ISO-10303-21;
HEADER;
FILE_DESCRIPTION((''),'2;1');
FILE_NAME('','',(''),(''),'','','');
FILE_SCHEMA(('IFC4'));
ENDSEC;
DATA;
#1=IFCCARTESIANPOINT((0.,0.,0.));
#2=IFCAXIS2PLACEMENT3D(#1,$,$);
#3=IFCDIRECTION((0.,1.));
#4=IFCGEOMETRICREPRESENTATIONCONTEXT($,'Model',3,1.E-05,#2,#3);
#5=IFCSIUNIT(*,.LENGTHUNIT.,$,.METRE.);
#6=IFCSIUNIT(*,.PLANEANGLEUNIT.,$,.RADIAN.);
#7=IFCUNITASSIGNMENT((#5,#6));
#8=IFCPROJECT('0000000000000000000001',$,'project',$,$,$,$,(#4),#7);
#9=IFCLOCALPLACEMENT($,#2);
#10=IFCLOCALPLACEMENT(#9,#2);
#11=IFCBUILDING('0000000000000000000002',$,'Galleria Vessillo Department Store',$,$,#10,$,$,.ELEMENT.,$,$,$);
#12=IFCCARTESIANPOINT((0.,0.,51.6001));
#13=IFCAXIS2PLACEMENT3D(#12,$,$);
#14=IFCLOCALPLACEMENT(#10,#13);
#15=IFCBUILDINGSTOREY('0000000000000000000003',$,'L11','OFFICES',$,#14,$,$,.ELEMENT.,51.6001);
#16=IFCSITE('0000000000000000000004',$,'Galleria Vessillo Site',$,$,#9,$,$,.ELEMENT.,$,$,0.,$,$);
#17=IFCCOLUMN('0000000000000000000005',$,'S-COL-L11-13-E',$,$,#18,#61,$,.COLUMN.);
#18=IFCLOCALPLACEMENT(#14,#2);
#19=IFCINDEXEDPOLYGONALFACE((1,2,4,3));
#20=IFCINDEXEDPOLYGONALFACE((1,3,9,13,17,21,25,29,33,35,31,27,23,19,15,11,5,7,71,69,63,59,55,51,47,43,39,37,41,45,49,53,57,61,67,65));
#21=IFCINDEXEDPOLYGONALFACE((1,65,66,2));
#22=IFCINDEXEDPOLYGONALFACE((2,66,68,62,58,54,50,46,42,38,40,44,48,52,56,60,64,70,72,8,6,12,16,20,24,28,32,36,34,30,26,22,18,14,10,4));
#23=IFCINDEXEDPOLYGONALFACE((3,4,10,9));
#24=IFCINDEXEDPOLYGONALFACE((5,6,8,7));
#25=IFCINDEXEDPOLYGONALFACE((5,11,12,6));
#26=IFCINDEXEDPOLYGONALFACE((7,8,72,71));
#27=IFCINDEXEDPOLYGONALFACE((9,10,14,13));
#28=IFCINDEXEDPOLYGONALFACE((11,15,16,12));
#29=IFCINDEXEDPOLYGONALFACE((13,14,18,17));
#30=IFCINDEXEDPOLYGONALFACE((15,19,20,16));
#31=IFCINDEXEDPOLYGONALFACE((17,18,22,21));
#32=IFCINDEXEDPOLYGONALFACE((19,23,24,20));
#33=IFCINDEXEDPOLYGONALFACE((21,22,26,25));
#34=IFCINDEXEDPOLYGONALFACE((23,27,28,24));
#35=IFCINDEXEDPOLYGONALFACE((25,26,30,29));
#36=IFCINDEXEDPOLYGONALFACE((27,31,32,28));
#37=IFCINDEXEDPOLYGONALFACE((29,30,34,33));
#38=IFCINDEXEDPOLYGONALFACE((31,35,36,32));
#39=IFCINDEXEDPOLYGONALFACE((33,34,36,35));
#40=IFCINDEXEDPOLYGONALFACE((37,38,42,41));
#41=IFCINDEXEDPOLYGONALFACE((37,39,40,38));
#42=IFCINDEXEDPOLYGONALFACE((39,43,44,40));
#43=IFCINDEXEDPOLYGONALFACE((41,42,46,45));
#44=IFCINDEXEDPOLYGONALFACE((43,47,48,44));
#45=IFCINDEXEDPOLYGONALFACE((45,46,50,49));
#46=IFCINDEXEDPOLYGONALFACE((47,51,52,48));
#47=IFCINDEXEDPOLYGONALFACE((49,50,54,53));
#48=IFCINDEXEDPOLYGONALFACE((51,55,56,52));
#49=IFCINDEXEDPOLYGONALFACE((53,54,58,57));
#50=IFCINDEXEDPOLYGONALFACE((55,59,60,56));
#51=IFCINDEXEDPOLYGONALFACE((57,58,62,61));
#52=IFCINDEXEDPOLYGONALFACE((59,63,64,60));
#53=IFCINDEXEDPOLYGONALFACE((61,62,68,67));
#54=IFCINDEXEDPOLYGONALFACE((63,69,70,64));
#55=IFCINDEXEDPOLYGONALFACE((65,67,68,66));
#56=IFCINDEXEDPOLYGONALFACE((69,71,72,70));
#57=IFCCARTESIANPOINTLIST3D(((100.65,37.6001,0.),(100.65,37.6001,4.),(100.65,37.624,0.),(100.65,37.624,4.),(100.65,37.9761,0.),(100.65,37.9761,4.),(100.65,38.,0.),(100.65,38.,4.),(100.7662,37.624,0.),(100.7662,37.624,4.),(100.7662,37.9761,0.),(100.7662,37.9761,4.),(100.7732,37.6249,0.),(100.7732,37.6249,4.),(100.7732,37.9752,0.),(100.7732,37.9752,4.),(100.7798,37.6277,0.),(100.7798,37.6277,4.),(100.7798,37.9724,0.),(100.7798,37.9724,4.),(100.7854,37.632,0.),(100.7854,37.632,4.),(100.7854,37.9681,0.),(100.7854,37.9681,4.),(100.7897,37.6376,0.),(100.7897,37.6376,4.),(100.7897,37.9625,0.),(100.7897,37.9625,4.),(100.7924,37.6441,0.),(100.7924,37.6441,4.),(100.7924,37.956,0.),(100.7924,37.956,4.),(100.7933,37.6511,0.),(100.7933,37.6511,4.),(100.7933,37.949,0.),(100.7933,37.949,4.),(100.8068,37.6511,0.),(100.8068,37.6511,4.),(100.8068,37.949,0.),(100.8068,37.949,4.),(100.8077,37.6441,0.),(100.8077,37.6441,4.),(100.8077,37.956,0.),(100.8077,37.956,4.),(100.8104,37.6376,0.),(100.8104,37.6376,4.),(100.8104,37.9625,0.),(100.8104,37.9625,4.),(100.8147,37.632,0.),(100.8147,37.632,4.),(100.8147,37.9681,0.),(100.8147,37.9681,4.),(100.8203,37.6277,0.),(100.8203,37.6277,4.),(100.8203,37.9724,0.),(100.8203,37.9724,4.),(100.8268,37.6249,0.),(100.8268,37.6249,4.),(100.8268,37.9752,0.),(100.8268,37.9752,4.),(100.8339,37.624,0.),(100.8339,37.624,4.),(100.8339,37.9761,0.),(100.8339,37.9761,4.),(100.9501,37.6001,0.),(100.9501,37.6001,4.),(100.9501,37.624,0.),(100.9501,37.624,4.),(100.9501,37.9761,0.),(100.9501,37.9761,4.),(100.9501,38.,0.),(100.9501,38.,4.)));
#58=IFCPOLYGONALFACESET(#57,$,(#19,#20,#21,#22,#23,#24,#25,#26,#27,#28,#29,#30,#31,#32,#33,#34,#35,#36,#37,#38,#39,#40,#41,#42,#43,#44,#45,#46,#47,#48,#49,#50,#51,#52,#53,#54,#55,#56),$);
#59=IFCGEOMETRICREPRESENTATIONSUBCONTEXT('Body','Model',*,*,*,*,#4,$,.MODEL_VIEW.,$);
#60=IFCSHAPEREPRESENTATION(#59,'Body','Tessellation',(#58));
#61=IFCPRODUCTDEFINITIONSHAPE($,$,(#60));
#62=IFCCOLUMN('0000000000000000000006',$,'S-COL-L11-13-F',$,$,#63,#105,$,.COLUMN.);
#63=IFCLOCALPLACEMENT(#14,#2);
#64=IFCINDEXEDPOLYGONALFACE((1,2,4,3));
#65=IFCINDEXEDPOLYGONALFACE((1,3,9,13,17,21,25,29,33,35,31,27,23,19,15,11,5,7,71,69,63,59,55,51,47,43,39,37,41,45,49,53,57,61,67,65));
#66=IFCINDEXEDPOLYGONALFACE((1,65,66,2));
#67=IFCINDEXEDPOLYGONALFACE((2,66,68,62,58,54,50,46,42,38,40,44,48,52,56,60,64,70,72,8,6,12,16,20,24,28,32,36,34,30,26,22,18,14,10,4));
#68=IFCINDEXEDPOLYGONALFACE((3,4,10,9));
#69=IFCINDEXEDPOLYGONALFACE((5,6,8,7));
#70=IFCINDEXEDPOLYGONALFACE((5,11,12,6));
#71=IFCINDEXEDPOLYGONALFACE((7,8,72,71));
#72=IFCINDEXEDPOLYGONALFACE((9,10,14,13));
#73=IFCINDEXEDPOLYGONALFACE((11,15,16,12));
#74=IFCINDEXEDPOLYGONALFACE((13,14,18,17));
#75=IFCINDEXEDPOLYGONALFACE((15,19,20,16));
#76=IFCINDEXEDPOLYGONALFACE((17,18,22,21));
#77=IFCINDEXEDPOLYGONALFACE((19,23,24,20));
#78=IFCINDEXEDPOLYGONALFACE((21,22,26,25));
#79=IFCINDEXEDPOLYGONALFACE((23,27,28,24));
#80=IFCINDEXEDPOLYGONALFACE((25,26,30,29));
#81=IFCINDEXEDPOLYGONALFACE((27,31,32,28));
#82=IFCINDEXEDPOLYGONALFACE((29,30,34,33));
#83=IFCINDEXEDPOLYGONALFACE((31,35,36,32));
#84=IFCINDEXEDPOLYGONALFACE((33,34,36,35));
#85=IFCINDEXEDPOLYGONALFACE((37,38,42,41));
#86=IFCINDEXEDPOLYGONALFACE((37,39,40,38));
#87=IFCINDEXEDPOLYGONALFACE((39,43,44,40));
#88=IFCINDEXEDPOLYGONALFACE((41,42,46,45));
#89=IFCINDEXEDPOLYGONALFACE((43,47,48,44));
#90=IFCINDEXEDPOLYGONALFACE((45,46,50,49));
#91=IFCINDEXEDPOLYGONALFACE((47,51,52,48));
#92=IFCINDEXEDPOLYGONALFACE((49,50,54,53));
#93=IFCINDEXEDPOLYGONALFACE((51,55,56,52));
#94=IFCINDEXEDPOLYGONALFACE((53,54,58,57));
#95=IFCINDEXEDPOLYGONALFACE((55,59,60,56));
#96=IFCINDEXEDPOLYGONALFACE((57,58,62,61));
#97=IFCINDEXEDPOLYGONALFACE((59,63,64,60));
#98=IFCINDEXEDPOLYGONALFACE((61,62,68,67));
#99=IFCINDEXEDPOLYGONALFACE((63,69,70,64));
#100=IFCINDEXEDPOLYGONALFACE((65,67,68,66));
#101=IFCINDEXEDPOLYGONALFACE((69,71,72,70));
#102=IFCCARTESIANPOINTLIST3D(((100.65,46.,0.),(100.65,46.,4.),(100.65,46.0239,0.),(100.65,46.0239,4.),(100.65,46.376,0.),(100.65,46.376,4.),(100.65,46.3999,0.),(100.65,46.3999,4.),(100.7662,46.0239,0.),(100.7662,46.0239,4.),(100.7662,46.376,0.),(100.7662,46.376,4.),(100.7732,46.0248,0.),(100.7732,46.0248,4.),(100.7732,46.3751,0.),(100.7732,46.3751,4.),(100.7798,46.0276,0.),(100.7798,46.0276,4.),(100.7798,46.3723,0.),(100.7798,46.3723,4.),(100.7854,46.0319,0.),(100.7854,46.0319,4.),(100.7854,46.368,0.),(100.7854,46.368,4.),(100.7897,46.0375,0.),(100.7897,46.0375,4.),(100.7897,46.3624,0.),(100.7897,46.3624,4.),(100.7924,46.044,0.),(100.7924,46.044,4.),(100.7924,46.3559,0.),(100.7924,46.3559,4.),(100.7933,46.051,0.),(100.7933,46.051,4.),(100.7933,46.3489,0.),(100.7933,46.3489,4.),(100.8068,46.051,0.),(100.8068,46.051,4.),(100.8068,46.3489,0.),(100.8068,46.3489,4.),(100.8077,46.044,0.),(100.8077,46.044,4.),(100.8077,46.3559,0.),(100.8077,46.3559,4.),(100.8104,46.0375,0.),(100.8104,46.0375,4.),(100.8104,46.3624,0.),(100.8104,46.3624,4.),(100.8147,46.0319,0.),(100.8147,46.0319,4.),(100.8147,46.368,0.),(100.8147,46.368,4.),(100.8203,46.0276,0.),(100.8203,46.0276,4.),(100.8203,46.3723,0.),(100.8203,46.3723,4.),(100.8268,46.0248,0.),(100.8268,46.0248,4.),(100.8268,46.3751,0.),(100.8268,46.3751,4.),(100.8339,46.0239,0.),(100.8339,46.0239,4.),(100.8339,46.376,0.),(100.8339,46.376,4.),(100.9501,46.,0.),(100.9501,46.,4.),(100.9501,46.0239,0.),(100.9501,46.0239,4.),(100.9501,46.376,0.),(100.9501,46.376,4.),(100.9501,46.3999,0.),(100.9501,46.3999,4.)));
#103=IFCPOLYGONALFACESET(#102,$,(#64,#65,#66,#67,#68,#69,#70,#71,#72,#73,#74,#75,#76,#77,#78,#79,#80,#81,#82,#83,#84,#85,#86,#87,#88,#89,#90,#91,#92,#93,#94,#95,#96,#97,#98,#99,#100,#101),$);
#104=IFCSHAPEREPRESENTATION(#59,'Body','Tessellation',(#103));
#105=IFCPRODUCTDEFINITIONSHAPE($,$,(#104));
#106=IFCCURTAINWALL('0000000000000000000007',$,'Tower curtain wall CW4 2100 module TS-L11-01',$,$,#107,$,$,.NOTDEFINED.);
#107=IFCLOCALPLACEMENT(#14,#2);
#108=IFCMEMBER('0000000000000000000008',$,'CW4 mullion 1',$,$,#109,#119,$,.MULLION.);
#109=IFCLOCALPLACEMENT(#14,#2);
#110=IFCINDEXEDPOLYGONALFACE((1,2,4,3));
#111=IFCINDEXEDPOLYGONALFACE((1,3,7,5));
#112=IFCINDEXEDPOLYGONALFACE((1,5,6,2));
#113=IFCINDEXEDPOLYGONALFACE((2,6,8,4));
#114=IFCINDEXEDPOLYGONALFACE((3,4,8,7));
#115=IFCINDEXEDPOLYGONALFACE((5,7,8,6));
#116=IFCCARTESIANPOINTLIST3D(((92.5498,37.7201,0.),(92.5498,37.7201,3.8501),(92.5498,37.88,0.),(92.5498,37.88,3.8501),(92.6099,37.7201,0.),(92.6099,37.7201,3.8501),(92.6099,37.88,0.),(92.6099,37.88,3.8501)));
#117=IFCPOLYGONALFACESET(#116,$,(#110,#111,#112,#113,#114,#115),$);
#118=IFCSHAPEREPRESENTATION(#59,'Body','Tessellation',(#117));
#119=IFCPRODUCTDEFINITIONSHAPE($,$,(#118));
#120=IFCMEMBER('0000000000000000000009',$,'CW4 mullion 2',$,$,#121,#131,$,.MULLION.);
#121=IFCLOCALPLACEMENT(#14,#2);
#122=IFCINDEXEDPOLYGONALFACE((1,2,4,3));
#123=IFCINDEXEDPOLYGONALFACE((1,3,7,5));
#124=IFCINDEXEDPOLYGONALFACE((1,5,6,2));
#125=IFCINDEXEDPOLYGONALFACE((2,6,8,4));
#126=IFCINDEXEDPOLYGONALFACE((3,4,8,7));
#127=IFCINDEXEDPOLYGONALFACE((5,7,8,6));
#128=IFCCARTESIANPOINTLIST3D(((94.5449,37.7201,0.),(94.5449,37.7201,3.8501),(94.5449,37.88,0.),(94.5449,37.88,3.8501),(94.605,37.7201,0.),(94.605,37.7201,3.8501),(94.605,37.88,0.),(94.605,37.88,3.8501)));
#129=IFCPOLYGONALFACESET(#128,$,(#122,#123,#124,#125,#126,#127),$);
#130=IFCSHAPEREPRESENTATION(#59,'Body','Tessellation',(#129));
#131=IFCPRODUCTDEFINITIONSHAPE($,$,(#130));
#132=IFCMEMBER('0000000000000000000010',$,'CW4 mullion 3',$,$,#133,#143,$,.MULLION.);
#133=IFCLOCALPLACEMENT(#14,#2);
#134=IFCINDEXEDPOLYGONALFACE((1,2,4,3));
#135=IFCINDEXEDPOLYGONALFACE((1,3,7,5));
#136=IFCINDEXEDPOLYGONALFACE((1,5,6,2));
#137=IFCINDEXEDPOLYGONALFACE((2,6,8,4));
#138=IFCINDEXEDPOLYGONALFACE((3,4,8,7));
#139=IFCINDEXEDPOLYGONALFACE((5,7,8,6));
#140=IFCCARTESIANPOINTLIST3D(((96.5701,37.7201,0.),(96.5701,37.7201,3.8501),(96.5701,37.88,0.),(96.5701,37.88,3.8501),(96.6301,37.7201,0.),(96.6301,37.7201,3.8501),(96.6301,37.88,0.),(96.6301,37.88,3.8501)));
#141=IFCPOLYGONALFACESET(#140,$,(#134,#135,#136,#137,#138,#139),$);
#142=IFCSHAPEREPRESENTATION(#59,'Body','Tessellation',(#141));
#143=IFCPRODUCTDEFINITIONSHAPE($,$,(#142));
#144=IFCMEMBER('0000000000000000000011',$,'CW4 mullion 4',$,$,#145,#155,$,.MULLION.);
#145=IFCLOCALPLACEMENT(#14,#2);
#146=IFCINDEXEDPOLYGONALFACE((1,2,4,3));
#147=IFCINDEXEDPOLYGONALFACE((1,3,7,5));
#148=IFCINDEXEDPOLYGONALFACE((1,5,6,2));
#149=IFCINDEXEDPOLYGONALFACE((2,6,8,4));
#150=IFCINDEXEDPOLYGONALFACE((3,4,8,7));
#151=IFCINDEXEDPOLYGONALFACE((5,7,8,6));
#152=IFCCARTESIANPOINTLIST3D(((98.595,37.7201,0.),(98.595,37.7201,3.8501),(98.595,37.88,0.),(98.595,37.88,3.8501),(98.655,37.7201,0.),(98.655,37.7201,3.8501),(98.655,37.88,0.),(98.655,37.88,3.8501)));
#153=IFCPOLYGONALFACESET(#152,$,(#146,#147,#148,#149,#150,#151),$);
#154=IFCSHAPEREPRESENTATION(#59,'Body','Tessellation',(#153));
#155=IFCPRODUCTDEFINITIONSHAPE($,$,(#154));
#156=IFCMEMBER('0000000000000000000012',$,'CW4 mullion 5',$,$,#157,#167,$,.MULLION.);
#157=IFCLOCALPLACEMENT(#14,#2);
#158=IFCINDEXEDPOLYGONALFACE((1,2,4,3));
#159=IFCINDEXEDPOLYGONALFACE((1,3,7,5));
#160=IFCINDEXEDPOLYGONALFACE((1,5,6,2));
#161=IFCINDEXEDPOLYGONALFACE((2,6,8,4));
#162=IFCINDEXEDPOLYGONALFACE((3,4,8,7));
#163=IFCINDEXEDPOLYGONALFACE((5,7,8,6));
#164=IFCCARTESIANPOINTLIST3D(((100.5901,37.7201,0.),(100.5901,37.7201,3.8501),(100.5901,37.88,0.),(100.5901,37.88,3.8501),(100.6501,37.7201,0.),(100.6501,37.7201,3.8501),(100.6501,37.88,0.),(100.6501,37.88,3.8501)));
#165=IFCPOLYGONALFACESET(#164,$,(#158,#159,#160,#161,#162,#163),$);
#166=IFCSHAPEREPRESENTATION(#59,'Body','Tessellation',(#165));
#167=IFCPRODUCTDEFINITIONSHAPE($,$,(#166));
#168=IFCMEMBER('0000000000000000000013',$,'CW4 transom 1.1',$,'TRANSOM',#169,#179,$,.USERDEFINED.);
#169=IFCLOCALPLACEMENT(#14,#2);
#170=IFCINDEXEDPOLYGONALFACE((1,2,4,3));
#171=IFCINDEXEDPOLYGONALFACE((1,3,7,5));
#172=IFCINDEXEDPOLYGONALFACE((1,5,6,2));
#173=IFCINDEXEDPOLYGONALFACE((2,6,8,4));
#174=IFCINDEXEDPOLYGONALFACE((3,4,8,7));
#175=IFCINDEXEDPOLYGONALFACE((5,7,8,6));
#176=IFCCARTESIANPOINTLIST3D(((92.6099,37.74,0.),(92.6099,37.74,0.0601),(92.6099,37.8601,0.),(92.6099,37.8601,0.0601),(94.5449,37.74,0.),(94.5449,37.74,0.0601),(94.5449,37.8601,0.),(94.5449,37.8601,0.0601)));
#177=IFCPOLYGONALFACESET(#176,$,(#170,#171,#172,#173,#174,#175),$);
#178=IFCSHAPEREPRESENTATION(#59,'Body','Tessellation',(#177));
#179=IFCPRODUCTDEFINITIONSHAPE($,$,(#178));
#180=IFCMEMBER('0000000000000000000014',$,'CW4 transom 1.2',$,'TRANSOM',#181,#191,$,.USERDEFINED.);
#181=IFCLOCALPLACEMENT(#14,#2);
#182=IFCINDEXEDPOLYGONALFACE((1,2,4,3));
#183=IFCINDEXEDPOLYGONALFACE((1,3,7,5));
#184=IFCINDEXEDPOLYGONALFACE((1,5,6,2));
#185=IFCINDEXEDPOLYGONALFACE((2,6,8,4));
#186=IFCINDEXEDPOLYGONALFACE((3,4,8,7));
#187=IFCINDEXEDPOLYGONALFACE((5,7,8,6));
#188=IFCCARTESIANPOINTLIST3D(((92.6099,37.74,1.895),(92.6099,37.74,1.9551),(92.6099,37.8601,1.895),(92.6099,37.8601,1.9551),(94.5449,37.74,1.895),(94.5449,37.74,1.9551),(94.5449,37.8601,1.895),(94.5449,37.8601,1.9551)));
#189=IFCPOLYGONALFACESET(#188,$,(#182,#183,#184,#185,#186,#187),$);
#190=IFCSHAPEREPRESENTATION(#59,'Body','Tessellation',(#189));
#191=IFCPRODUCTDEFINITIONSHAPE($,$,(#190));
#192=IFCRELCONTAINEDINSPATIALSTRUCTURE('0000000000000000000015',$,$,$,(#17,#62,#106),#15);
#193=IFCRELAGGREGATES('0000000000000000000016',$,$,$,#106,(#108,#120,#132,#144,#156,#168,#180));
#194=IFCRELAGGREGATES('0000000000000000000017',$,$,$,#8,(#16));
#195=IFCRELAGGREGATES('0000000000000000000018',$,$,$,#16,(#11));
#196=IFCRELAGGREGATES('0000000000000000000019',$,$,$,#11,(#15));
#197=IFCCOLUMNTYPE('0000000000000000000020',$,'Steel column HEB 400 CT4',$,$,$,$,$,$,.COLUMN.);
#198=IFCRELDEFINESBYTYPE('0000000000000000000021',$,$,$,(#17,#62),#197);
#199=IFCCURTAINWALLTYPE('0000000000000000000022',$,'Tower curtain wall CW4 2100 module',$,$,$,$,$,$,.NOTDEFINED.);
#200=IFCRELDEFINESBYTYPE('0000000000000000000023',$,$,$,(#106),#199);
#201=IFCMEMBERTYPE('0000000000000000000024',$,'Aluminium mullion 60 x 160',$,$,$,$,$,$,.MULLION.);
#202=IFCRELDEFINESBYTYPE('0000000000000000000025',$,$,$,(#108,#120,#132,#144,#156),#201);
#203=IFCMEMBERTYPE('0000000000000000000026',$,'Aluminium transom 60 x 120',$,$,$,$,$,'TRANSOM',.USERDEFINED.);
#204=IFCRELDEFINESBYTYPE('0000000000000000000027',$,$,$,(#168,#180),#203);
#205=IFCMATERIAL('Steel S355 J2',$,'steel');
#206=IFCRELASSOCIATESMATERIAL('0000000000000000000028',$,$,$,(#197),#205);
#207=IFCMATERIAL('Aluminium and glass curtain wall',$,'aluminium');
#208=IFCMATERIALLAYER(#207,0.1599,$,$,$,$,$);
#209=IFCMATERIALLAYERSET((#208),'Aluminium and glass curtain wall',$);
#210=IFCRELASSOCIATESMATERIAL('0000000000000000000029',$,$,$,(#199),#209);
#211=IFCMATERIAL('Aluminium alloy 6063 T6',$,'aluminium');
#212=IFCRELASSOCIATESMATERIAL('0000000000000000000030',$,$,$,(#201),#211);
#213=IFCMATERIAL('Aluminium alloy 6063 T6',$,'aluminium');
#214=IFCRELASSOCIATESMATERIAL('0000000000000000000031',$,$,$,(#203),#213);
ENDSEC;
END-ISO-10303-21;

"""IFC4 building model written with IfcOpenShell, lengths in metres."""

from ifc_helpers import new_model, si_unit, direction, frame, origin, origin_2d, place, context, subcontext, project, spatial, rectangle, i_section, extrude, material, layer, layer_set, material_profile, profile_set, type_object, element, aggregate, save


model = new_model("IFC4")

# Units and contexts
model_context = context("Model", 3, precision=1e-05, world=origin(), true_north=direction((0.0, 1.0)))
body_context = subcontext(model_context, "Body", "Model", "MODEL_VIEW")
ifc_project = project(units=[si_unit("LENGTHUNIT", "METRE"), si_unit("PLANEANGLEUNIT", "RADIAN")], contexts=[model_context])

# Site, building, storey
site_placement = place(None, origin())
site = spatial("IfcSite", under=ifc_project, at=site_placement, Name="Galleria Vessillo Site", CompositionType="ELEMENT", RefElevation=0.0)
building_placement = place(site_placement, origin())
building = spatial("IfcBuilding", under=site, at=building_placement, Name="Galleria Vessillo Department Store", CompositionType="ELEMENT")
storey_placement = place(building_placement, frame((0.0, 0.0, 51.6001)))
storey = spatial("IfcBuildingStorey", under=building, at=storey_placement, Name="L11", Description="OFFICES", CompositionType="ELEMENT", Elevation=51.6001)

# Columns
ifc_material_1 = material(Name="Steel S355 J2", Category="steel")
ifc_material_profile_1 = material_profile(ifc_material_1, i_section(OverallWidth=0.3, OverallDepth=0.3999, WebThickness=0.0134, FlangeThickness=0.0239, FilletRadius=0.0271, at=origin_2d()), Name="HEB 400")
ifc_profile_set_1 = profile_set([ifc_material_profile_1], Name="Steel S355 J2")
column_type = type_object("IfcColumnType", Name="Steel column HEB 400 CT4", PredefinedType="COLUMN", material=ifc_profile_set_1)
for number, where, z_axis, x_axis, name in (
    (1, (100.8, 37.8, 0.0), (0.0, 0.0, 1.0), (1.0, 0.0, 0.0), "S-COL-L11-13-E"),
    (2, (100.8, 46.2, 0.0), (0.0, 0.0, 1.0), (1.0, 0.0, 0.0), "S-COL-L11-13-F"),
):
    element("IfcColumn", number, at=place(storey_placement, frame(where, z_axis=z_axis, x_axis=x_axis)), inside=storey, type_object=column_type, Name=name, PredefinedType="COLUMN", context=body_context, shape_type="SweptSolid", body=[
        extrude(i_section(OverallWidth=0.3, OverallDepth=0.3999, WebThickness=0.0134, FlangeThickness=0.0239, FilletRadius=0.0271, at=origin_2d()), origin(), (0.0, 0.0, 1.0), 4.0),
    ])

# Curtain wall, members
ifc_material_2 = material(Name="Aluminium and glass curtain wall", Category="aluminium")
ifc_layer_1 = layer(ifc_material_2, 0.1599)
ifc_layer_set_1 = layer_set([ifc_layer_1], Name="Aluminium and glass curtain wall")
curtain_wall_type = type_object("IfcCurtainWallType", Name="Tower curtain wall CW4 2100 module", PredefinedType="NOTDEFINED", material=ifc_layer_set_1)
curtain_wall_placement = place(storey_placement, origin())
curtain_wall = element("IfcCurtainWall", 3, at=curtain_wall_placement, inside=storey, type_object=curtain_wall_type, Name="Tower curtain wall CW4 2100 module TS-L11-01", PredefinedType="NOTDEFINED")
ifc_material_3 = material(Name="Aluminium alloy 6063 T6", Category="aluminium")
ifc_material_profile_2 = material_profile(ifc_material_3, rectangle(XDim=0.1599, YDim=0.0601, at=origin_2d()), Name="AL 60x160")
ifc_profile_set_2 = profile_set([ifc_material_profile_2], Name="Aluminium alloy 6063 T6")
member_type_1 = type_object("IfcMemberType", Name="Aluminium mullion 60 x 160", PredefinedType="MULLION", material=ifc_profile_set_2)
member_1_placement = place(storey_placement, frame((92.5798, 37.8, 0.0), z_axis=(0.0, 0.0, 1.0), x_axis=(0.0, 1.0, 0.0)))
member_1 = element("IfcMember", 4, at=member_1_placement, type_object=member_type_1, Name="CW4 mullion 1", PredefinedType="MULLION", context=body_context, shape_type="SweptSolid", body=[
    extrude(rectangle(XDim=0.1599, YDim=0.0601, at=origin_2d()), origin(), (0.0, 0.0, 1.0), 3.8501),
])
member_2_placement = place(storey_placement, frame((94.575, 37.8, 0.0), z_axis=(0.0, 0.0, 1.0), x_axis=(0.0, 1.0, 0.0)))
member_2 = element("IfcMember", 5, at=member_2_placement, type_object=member_type_1, Name="CW4 mullion 2", PredefinedType="MULLION", context=body_context, shape_type="SweptSolid", body=[
    extrude(rectangle(XDim=0.1599, YDim=0.0601, at=origin_2d()), origin(), (0.0, 0.0, 1.0), 3.8501),
])
member_3_placement = place(storey_placement, frame((96.6001, 37.8, 0.0), z_axis=(0.0, 0.0, 1.0), x_axis=(0.0, 1.0, 0.0)))
member_3 = element("IfcMember", 6, at=member_3_placement, type_object=member_type_1, Name="CW4 mullion 3", PredefinedType="MULLION", context=body_context, shape_type="SweptSolid", body=[
    extrude(rectangle(XDim=0.1599, YDim=0.0601, at=origin_2d()), origin(), (0.0, 0.0, 1.0), 3.8501),
])
member_4_placement = place(storey_placement, frame((98.625, 37.8, 0.0), z_axis=(0.0, 0.0, 1.0), x_axis=(0.0, 1.0, 0.0)))
member_4 = element("IfcMember", 7, at=member_4_placement, type_object=member_type_1, Name="CW4 mullion 4", PredefinedType="MULLION", context=body_context, shape_type="SweptSolid", body=[
    extrude(rectangle(XDim=0.1599, YDim=0.0601, at=origin_2d()), origin(), (0.0, 0.0, 1.0), 3.8501),
])
member_5_placement = place(storey_placement, frame((100.6201, 37.8, 0.0), z_axis=(0.0, 0.0, 1.0), x_axis=(0.0, 1.0, 0.0)))
member_5 = element("IfcMember", 8, at=member_5_placement, type_object=member_type_1, Name="CW4 mullion 5", PredefinedType="MULLION", context=body_context, shape_type="SweptSolid", body=[
    extrude(rectangle(XDim=0.1599, YDim=0.0601, at=origin_2d()), origin(), (0.0, 0.0, 1.0), 3.8501),
])
ifc_material_4 = material(Name="Aluminium alloy 6063 T6", Category="aluminium")
ifc_material_profile_3 = material_profile(ifc_material_4, rectangle(XDim=0.1201, YDim=0.0601, at=origin_2d()), Name="AL 60x120")
ifc_profile_set_3 = profile_set([ifc_material_profile_3], Name="Aluminium alloy 6063 T6")
member_type_2 = type_object("IfcMemberType", Name="Aluminium transom 60 x 120", ElementType="TRANSOM", PredefinedType="USERDEFINED", material=ifc_profile_set_3)
member_6_placement = place(storey_placement, frame((92.6099, 37.8, 0.03), z_axis=(1.0, 0.0, 0.0), x_axis=(0.0, 1.0, 0.0)))
member_6 = element("IfcMember", 9, at=member_6_placement, type_object=member_type_2, Name="CW4 transom 1.1", ObjectType="TRANSOM", PredefinedType="USERDEFINED", context=body_context, shape_type="SweptSolid", body=[
    extrude(rectangle(XDim=0.1201, YDim=0.0601, at=origin_2d()), origin(), (0.0, 0.0, 1.0), 1.9351),
])
member_7_placement = place(storey_placement, frame((92.6099, 37.8, 1.925), z_axis=(1.0, 0.0, 0.0), x_axis=(0.0, 1.0, 0.0)))
member_7 = element("IfcMember", 10, at=member_7_placement, type_object=member_type_2, Name="CW4 transom 1.2", ObjectType="TRANSOM", PredefinedType="USERDEFINED", context=body_context, shape_type="SweptSolid", body=[
    extrude(rectangle(XDim=0.1201, YDim=0.0601, at=origin_2d()), origin(), (0.0, 0.0, 1.0), 1.9351),
])

aggregate(curtain_wall, [member_1, member_2, member_3, member_4, member_5, member_6, member_7])

save(model, "model.ifc")
